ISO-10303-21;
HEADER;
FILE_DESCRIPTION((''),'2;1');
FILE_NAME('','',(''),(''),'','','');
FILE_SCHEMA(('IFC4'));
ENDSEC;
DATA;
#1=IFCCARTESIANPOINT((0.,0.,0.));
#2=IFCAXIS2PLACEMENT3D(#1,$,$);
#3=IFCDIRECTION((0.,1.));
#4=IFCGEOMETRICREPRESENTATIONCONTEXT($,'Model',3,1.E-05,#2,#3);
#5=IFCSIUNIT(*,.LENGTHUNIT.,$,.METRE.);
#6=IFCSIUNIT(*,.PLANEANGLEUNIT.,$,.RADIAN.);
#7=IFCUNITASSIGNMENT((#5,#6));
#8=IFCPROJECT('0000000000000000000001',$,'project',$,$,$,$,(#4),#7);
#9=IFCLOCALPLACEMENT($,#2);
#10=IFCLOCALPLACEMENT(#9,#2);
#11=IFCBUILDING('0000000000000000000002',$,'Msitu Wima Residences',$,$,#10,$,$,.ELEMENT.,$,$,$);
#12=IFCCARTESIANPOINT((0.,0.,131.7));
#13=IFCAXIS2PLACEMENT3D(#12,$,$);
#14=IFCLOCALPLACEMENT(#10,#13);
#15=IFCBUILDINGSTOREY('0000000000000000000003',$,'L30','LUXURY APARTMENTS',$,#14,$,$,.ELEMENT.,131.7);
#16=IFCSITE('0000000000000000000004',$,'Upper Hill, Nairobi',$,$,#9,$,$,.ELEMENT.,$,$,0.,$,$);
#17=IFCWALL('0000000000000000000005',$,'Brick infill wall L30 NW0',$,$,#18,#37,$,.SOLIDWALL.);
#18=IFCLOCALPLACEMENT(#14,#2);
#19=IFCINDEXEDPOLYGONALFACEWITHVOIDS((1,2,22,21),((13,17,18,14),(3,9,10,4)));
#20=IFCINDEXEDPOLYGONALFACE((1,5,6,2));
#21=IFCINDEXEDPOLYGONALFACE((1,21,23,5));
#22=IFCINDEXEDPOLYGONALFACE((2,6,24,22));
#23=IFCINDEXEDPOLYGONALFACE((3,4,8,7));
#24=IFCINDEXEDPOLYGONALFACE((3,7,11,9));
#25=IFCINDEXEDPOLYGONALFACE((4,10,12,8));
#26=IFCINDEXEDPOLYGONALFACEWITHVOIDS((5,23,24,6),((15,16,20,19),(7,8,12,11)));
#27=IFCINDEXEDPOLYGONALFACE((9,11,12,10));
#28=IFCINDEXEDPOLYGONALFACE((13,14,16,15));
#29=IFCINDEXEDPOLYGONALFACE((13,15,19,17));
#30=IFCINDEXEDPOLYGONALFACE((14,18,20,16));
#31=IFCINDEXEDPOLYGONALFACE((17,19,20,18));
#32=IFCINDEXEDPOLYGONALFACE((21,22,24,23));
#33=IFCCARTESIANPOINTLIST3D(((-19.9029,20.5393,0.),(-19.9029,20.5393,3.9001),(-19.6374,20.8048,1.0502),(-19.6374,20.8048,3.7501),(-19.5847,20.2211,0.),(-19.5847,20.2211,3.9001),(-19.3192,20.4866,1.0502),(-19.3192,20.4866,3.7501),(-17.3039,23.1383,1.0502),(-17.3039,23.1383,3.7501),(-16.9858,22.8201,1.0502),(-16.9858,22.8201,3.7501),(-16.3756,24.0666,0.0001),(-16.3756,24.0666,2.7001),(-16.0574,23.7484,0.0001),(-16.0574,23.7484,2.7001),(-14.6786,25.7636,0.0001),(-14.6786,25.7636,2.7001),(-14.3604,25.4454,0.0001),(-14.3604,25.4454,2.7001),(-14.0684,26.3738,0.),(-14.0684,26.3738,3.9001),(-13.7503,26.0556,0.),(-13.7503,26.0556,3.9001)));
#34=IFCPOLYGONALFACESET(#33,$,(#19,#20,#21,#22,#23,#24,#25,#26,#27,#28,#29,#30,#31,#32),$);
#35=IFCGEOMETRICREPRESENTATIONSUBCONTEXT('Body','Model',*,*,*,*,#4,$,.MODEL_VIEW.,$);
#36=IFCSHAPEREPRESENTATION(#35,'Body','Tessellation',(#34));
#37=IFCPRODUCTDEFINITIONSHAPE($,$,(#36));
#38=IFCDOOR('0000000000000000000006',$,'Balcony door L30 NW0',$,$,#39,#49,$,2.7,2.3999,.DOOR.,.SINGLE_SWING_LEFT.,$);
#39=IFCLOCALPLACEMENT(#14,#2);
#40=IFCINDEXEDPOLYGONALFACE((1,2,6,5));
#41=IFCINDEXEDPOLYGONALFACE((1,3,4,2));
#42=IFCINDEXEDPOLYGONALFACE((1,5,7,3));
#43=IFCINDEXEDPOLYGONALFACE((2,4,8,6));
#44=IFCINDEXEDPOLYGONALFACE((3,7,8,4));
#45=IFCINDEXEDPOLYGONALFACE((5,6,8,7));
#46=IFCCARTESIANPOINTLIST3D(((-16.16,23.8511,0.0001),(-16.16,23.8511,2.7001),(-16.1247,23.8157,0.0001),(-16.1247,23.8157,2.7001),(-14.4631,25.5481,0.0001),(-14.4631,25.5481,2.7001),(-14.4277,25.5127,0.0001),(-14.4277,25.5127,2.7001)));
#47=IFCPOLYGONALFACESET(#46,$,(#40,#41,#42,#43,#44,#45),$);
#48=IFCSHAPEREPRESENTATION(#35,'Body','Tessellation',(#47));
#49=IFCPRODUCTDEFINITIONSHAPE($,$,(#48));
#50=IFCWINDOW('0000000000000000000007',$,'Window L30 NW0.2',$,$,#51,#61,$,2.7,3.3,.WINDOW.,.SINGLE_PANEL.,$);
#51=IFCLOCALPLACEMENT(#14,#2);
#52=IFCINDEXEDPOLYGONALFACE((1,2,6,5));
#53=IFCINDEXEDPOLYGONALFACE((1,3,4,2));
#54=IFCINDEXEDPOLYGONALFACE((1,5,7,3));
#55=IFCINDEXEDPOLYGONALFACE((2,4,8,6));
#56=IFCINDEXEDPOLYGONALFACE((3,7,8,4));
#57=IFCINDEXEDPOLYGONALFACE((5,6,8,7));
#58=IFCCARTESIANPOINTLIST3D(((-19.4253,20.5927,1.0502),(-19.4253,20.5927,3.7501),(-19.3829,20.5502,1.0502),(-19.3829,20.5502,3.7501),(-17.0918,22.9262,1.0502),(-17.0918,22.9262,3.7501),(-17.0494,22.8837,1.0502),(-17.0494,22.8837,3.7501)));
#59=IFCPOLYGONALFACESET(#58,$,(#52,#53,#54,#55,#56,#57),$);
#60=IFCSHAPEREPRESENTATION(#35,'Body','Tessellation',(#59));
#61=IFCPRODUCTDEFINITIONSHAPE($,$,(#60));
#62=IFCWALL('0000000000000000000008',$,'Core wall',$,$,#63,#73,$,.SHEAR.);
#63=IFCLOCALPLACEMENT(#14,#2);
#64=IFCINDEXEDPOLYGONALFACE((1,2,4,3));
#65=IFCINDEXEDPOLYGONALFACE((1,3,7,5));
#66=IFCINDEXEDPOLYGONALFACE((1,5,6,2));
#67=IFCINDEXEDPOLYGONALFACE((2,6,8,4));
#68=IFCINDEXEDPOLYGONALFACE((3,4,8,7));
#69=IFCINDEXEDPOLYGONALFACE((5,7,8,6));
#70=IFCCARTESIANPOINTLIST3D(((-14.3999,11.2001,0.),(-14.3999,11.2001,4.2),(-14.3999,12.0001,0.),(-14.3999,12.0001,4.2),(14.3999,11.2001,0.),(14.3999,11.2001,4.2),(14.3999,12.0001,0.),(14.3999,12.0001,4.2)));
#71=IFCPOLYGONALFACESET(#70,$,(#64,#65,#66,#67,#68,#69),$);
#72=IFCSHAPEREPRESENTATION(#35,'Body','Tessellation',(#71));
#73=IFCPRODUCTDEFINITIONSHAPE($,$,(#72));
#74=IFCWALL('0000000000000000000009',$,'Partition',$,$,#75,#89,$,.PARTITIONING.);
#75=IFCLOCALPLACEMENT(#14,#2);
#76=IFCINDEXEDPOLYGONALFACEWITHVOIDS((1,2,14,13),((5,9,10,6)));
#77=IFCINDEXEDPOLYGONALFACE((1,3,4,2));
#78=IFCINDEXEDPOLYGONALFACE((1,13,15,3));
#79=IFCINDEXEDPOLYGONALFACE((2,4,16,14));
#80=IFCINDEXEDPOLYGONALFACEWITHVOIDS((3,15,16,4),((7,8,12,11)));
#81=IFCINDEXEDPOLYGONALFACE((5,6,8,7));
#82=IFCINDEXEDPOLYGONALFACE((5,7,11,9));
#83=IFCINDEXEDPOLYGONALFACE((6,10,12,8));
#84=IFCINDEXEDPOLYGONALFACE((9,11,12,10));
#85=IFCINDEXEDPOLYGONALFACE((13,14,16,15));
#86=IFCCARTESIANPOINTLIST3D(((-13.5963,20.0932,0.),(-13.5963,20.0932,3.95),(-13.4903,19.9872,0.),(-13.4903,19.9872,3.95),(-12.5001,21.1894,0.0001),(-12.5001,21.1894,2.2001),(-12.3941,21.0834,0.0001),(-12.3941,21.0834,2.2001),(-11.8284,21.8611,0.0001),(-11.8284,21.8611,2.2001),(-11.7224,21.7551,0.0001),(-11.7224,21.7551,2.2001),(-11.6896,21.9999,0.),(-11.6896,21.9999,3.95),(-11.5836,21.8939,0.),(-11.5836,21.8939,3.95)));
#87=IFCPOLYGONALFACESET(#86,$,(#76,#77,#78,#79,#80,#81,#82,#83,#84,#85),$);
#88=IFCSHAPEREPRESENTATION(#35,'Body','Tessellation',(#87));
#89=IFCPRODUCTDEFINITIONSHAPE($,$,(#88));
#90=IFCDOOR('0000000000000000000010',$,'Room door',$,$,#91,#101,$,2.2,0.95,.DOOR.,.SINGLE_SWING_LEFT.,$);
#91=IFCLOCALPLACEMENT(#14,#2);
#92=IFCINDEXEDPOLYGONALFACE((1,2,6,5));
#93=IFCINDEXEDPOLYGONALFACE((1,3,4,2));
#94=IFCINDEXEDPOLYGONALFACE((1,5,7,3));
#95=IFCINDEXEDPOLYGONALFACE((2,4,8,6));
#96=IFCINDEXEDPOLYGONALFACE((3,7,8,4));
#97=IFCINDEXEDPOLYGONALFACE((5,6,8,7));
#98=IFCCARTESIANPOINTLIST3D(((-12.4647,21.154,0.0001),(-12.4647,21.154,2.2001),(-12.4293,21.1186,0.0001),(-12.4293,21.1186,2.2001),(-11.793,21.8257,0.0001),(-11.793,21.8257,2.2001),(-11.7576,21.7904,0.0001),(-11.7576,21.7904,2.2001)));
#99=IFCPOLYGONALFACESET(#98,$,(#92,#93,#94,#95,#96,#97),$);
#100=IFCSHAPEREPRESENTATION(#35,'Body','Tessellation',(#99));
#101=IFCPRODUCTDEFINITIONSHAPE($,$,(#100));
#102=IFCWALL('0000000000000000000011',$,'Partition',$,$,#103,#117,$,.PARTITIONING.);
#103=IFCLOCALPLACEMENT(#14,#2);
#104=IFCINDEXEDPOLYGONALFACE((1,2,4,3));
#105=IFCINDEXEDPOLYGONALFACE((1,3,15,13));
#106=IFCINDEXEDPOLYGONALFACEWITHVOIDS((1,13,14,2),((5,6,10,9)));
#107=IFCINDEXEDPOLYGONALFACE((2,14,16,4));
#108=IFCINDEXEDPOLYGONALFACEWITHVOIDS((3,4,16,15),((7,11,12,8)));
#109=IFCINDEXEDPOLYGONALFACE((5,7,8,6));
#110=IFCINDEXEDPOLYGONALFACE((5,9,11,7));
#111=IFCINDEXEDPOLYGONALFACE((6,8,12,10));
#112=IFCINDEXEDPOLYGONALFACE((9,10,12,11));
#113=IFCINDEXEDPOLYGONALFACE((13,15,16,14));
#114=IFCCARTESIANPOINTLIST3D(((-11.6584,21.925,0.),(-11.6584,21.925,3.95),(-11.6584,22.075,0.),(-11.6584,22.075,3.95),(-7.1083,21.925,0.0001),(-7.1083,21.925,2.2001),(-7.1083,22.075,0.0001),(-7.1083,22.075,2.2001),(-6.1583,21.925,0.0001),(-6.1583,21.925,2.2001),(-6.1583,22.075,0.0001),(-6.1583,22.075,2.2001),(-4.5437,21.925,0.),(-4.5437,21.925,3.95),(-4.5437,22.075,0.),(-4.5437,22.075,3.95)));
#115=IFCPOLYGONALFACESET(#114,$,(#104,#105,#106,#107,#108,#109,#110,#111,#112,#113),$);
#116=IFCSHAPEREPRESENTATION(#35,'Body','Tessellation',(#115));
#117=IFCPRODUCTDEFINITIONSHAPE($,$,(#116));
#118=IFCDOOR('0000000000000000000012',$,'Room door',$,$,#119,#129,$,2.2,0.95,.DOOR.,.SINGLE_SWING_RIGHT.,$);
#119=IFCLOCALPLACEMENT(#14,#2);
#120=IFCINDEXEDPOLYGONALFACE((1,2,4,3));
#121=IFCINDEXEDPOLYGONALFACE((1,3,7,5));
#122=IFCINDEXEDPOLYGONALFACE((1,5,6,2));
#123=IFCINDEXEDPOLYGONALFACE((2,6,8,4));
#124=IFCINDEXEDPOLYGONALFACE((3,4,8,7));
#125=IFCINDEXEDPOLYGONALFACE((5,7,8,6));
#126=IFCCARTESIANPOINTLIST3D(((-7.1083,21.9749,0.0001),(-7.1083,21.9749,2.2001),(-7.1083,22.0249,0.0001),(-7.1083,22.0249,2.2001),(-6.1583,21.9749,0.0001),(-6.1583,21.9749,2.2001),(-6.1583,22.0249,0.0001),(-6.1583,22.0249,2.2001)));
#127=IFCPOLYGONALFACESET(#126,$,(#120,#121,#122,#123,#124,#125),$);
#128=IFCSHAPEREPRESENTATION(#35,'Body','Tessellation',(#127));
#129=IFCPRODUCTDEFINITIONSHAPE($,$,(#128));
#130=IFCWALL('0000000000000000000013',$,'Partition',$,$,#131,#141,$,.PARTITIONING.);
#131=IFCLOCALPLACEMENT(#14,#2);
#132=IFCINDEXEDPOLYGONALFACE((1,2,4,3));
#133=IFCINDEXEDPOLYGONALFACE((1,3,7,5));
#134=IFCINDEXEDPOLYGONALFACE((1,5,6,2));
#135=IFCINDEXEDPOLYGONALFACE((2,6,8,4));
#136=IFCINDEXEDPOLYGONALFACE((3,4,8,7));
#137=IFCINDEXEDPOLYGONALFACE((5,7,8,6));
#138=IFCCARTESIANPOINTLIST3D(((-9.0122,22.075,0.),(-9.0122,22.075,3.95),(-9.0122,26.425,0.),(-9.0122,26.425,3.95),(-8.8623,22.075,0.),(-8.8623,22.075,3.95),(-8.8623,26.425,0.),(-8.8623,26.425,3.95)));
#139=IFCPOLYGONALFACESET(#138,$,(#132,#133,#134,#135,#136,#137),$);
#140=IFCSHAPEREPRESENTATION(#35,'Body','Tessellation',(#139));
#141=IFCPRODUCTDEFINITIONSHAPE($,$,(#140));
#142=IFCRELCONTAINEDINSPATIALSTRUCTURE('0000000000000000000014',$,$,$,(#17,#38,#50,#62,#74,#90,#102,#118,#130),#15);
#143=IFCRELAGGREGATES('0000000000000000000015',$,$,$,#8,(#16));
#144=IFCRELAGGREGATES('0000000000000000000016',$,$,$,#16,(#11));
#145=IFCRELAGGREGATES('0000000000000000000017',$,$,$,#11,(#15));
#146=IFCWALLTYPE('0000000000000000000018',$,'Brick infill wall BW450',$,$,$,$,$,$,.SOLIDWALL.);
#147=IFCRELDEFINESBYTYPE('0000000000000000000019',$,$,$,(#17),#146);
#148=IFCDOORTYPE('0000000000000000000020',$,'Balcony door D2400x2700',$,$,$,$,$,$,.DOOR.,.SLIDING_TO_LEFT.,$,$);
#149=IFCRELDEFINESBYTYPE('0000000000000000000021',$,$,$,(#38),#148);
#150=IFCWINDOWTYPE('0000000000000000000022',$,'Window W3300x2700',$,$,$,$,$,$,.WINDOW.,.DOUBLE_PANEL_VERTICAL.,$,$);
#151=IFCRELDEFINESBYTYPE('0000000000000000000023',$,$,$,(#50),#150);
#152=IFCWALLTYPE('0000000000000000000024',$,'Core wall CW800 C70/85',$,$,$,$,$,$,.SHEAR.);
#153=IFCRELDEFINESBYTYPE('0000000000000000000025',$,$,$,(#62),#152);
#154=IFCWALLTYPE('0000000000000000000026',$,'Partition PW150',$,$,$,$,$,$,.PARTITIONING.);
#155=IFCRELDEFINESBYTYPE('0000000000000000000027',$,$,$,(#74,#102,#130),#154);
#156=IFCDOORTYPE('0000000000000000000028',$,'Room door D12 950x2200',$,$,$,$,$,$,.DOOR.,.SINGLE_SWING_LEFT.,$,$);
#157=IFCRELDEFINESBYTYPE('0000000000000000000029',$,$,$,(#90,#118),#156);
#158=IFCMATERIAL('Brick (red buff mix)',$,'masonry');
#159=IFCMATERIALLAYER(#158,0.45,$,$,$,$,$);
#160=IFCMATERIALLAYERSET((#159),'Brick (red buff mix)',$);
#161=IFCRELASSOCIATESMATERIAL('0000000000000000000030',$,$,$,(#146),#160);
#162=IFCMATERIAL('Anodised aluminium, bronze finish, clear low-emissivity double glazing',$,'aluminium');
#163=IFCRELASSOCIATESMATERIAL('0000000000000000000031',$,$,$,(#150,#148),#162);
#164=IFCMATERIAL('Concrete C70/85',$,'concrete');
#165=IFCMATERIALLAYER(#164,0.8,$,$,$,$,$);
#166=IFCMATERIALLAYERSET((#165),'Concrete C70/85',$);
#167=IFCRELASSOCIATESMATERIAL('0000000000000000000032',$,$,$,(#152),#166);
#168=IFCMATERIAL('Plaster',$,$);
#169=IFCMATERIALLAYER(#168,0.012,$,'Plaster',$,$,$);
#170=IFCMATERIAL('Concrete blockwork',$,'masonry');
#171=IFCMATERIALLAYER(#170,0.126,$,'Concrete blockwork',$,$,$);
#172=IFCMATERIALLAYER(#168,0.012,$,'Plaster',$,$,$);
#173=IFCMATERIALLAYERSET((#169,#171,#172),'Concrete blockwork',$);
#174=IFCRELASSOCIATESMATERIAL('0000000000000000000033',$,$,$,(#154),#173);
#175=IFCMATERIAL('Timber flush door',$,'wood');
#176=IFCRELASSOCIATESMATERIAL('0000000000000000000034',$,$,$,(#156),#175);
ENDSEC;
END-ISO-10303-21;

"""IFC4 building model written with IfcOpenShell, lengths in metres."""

from ifc_helpers import new_model, si_unit, direction, frame, frame_2d, origin, place, context, subcontext, project, spatial, rectangle, extrude, material, layer, layer_set, type_object, element, fill, save


model = new_model("IFC4")

# Units and contexts
model_context = context("Model", 3, precision=1e-05, world=origin(), true_north=direction((0.0, 1.0)))
body_context = subcontext(model_context, "Body", "Model", "MODEL_VIEW")
ifc_project = project(units=[si_unit("LENGTHUNIT", "METRE"), si_unit("PLANEANGLEUNIT", "RADIAN")], contexts=[model_context])

# Site, building, storey
site_placement = place(None, origin())
site = spatial("IfcSite", under=ifc_project, at=site_placement, Name="Upper Hill, Nairobi", CompositionType="ELEMENT", RefElevation=0.0)
building_placement = place(site_placement, origin())
building = spatial("IfcBuilding", under=site, at=building_placement, Name="Msitu Wima Residences", CompositionType="ELEMENT")
storey_placement = place(building_placement, frame((0.0, 0.0, 131.7)))
storey = spatial("IfcBuildingStorey", under=building, at=storey_placement, Name="L30", Description="LUXURY APARTMENTS", CompositionType="ELEMENT", Elevation=131.7)

# Shared definitions
ifc_material_1 = material(Name="Concrete C70/85", Category="concrete")

# Shared definitions
ifc_material_2 = material(Name="Brick (red buff mix)", Category="masonry")
ifc_layer_1 = layer(ifc_material_2, 0.45)
ifc_layer_set_1 = layer_set([ifc_layer_1], Name="Brick (red buff mix)")
wall_type_1 = type_object("IfcWallType", Name="Brick infill wall BW450", PredefinedType="SOLIDWALL", material=ifc_layer_set_1)
ifc_material_3 = material(Name="Anodised aluminium, bronze finish, clear low-emissivity double glazing", Category="aluminium")
window_type = type_object("IfcWindowType", Name="Window W3300x2700", PartitioningType="DOUBLE_PANEL_VERTICAL", PredefinedType="WINDOW", material=ifc_material_3)

# Wall, openings, door, window
wall_1_placement = place(storey_placement, frame((-13.9094, 26.2146, 0.0), z_axis=(0.0, 0.0, 1.0), x_axis=(-0.707107, -0.707107, 0.0)))
wall_1 = element("IfcWall", 1, at=wall_1_placement, inside=storey, type_object=wall_type_1, Name="Brick infill wall L30 NW0", PredefinedType="SOLIDWALL", context=body_context, shape_type="SweptSolid", body=[
    extrude(rectangle(XDim=8.2512, YDim=0.45, at=frame_2d((4.1255, 0.0))), origin(), (0.0, 0.0, 1.0), 3.9001),
])
opening_1_placement = place(wall_1_placement, frame((0.8628, 0.0, 0.0)))
opening_1 = element("IfcOpeningElement", 2, at=opening_1_placement, cuts=wall_1, PredefinedType="OPENING", context=body_context, shape_type="SweptSolid", body=[
    extrude(rectangle(XDim=2.3999, YDim=2.7, at=frame_2d((1.2, 1.3501))), frame((0.0, 0.2349, 0.0), z_axis=(0.0, -1.0, 0.0), x_axis=(1.0, 0.0, 0.0)), (0.0, 0.0, 1.0), 0.47),
])
opening_2_placement = place(wall_1_placement, frame((4.5757, 0.0, 1.05)))
opening_2 = element("IfcOpeningElement", 3, at=opening_2_placement, cuts=wall_1, PredefinedType="OPENING", context=body_context, shape_type="SweptSolid", body=[
    extrude(rectangle(XDim=3.3, YDim=2.7, at=frame_2d((1.6499, 1.3501))), frame((0.0, 0.2349, 0.0), z_axis=(0.0, -1.0, 0.0), x_axis=(1.0, 0.0, 0.0)), (0.0, 0.0, 1.0), 0.47),
])
door_type_1 = type_object("IfcDoorType", Name="Balcony door D2400x2700", OperationType="SLIDING_TO_LEFT", PredefinedType="DOOR", material=ifc_material_3)
door_1_placement = place(opening_1_placement, origin())
door_1 = element("IfcDoor", 4, at=door_1_placement, inside=storey, type_object=door_type_1, Name="Balcony door L30 NW0", OperationType="SINGLE_SWING_LEFT", OverallHeight=2.7, OverallWidth=2.3999, PredefinedType="DOOR", context=body_context, shape_type="SweptSolid", body=[
    extrude(rectangle(XDim=2.3999, YDim=2.7, at=frame_2d((1.2, 1.3501))), frame((0.0, 0.1299, 0.0), z_axis=(0.0, -1.0, 0.0), x_axis=(1.0, 0.0, 0.0)), (0.0, 0.0, 1.0), 0.05),
])
fill(opening_1, door_1)
window_1_placement = place(opening_2_placement, origin())
window_1 = element("IfcWindow", 5, at=window_1_placement, inside=storey, type_object=window_type, Name="Window L30 NW0.2", OverallHeight=2.7, OverallWidth=3.3, PartitioningType="SINGLE_PANEL", PredefinedType="WINDOW", context=body_context, shape_type="SweptSolid", body=[
    extrude(rectangle(XDim=3.3, YDim=2.7, at=frame_2d((1.6499, 1.3501))), frame((0.0, 0.135, 0.0), z_axis=(0.0, -1.0, 0.0), x_axis=(1.0, 0.0, 0.0)), (0.0, 0.0, 1.0), 0.0601),
])
fill(opening_2, window_1)

# Wall
ifc_layer_2 = layer(ifc_material_1, 0.8)
ifc_layer_set_2 = layer_set([ifc_layer_2], Name="Concrete C70/85")
wall_type_2 = type_object("IfcWallType", Name="Core wall CW800 C70/85", PredefinedType="SHEAR", material=ifc_layer_set_2)
wall_2_placement = place(storey_placement, frame((-14.3999, 11.6001, 0.0), z_axis=(0.0, 0.0, 1.0), x_axis=(1.0, 0.0, 0.0)))
element("IfcWall", 6, at=wall_2_placement, inside=storey, type_object=wall_type_2, Name="Core wall", PredefinedType="SHEAR", context=body_context, shape_type="SweptSolid", body=[
    extrude(rectangle(XDim=28.7998, YDim=0.8, at=frame_2d((14.3999, 0.0))), origin(), (0.0, 0.0, 1.0), 4.2),
])

# Walls, openings, doors
ifc_material_4 = material(Name="Plaster")
ifc_layer_3 = layer(ifc_material_4, 0.012, Name="Plaster")
ifc_material_5 = material(Name="Concrete blockwork", Category="masonry")
ifc_layer_4 = layer(ifc_material_5, 0.126, Name="Concrete blockwork")
ifc_layer_5 = layer(ifc_material_4, 0.012, Name="Plaster")
ifc_layer_set_3 = layer_set([ifc_layer_3, ifc_layer_4, ifc_layer_5], Name="Concrete blockwork")
wall_type_3 = type_object("IfcWallType", Name="Partition PW150", PredefinedType="PARTITIONING", material=ifc_layer_set_3)
wall_3_placement = place(storey_placement, frame((-13.5432, 20.0403, 0.0), z_axis=(0.0, 0.0, 1.0), x_axis=(0.707107, 0.707107, 0.0)))
wall_3 = element("IfcWall", 7, at=wall_3_placement, inside=storey, type_object=wall_type_3, Name="Partition", PredefinedType="PARTITIONING", context=body_context, shape_type="SweptSolid", body=[
    extrude(rectangle(XDim=2.6965, YDim=0.1499, at=frame_2d((1.3481, 0.0))), origin(), (0.0, 0.0, 1.0), 3.95),
])
opening_3_placement = place(wall_3_placement, frame((1.55, 0.0, 0.0)))
opening_3 = element("IfcOpeningElement", 8, at=opening_3_placement, cuts=wall_3, PredefinedType="OPENING", context=body_context, shape_type="SweptSolid", body=[
    extrude(rectangle(XDim=0.95, YDim=2.2, at=frame_2d((0.4751, 1.1001))), frame((0.0, 0.085, 0.0), z_axis=(0.0, -1.0, 0.0), x_axis=(1.0, 0.0, 0.0)), (0.0, 0.0, 1.0), 0.1699),
])
ifc_material_6 = material(Name="Timber flush door", Category="wood")
door_type_2 = type_object("IfcDoorType", Name="Room door D12 950x2200", OperationType="SINGLE_SWING_LEFT", PredefinedType="DOOR", material=ifc_material_6)
door_2_placement = place(opening_3_placement, origin())
door_2 = element("IfcDoor", 9, at=door_2_placement, inside=storey, type_object=door_type_2, Name="Room door", OperationType="SINGLE_SWING_LEFT", OverallHeight=2.2, OverallWidth=0.95, PredefinedType="DOOR", context=body_context, shape_type="SweptSolid", body=[
    extrude(rectangle(XDim=0.95, YDim=2.2, at=frame_2d((0.4751, 1.1001))), frame((0.0, 0.0249, 0.0), z_axis=(0.0, -1.0, 0.0), x_axis=(1.0, 0.0, 0.0)), (0.0, 0.0, 1.0), 0.05),
])
fill(opening_3, door_2)
wall_4_placement = place(storey_placement, frame((-11.6584, 22.0, 0.0), z_axis=(0.0, 0.0, 1.0), x_axis=(1.0, 0.0, 0.0)))
wall_4 = element("IfcWall", 10, at=wall_4_placement, inside=storey, type_object=wall_type_3, Name="Partition", PredefinedType="PARTITIONING", context=body_context, shape_type="SweptSolid", body=[
    extrude(rectangle(XDim=7.1147, YDim=0.1499, at=frame_2d((3.5574, 0.0))), origin(), (0.0, 0.0, 1.0), 3.95),
])
opening_4_placement = place(wall_4_placement, frame((4.55, 0.0, 0.0)))
opening_4 = element("IfcOpeningElement", 11, at=opening_4_placement, cuts=wall_4, PredefinedType="OPENING", context=body_context, shape_type="SweptSolid", body=[
    extrude(rectangle(XDim=0.95, YDim=2.2, at=frame_2d((0.4751, 1.1001))), frame((0.0, 0.085, 0.0), z_axis=(0.0, -1.0, 0.0), x_axis=(1.0, 0.0, 0.0)), (0.0, 0.0, 1.0), 0.1699),
])
door_3_placement = place(opening_4_placement, origin())
door_3 = element("IfcDoor", 12, at=door_3_placement, inside=storey, type_object=door_type_2, Name="Room door", OperationType="SINGLE_SWING_RIGHT", OverallHeight=2.2, OverallWidth=0.95, PredefinedType="DOOR", context=body_context, shape_type="SweptSolid", body=[
    extrude(rectangle(XDim=0.95, YDim=2.2, at=frame_2d((0.4751, 1.1001))), frame((0.0, 0.0249, 0.0), z_axis=(0.0, -1.0, 0.0), x_axis=(1.0, 0.0, 0.0)), (0.0, 0.0, 1.0), 0.05),
])
fill(opening_4, door_3)

# Wall
wall_5_placement = place(storey_placement, frame((-8.9373, 22.075, 0.0), z_axis=(0.0, 0.0, 1.0), x_axis=(0.0, 1.0, 0.0)))
element("IfcWall", 13, at=wall_5_placement, inside=storey, type_object=wall_type_3, Name="Partition", PredefinedType="PARTITIONING", context=body_context, shape_type="SweptSolid", body=[
    extrude(rectangle(XDim=4.3501, YDim=0.1499, at=frame_2d((2.175, 0.0))), origin(), (0.0, 0.0, 1.0), 3.95),
])

save(model, "model.ifc")
